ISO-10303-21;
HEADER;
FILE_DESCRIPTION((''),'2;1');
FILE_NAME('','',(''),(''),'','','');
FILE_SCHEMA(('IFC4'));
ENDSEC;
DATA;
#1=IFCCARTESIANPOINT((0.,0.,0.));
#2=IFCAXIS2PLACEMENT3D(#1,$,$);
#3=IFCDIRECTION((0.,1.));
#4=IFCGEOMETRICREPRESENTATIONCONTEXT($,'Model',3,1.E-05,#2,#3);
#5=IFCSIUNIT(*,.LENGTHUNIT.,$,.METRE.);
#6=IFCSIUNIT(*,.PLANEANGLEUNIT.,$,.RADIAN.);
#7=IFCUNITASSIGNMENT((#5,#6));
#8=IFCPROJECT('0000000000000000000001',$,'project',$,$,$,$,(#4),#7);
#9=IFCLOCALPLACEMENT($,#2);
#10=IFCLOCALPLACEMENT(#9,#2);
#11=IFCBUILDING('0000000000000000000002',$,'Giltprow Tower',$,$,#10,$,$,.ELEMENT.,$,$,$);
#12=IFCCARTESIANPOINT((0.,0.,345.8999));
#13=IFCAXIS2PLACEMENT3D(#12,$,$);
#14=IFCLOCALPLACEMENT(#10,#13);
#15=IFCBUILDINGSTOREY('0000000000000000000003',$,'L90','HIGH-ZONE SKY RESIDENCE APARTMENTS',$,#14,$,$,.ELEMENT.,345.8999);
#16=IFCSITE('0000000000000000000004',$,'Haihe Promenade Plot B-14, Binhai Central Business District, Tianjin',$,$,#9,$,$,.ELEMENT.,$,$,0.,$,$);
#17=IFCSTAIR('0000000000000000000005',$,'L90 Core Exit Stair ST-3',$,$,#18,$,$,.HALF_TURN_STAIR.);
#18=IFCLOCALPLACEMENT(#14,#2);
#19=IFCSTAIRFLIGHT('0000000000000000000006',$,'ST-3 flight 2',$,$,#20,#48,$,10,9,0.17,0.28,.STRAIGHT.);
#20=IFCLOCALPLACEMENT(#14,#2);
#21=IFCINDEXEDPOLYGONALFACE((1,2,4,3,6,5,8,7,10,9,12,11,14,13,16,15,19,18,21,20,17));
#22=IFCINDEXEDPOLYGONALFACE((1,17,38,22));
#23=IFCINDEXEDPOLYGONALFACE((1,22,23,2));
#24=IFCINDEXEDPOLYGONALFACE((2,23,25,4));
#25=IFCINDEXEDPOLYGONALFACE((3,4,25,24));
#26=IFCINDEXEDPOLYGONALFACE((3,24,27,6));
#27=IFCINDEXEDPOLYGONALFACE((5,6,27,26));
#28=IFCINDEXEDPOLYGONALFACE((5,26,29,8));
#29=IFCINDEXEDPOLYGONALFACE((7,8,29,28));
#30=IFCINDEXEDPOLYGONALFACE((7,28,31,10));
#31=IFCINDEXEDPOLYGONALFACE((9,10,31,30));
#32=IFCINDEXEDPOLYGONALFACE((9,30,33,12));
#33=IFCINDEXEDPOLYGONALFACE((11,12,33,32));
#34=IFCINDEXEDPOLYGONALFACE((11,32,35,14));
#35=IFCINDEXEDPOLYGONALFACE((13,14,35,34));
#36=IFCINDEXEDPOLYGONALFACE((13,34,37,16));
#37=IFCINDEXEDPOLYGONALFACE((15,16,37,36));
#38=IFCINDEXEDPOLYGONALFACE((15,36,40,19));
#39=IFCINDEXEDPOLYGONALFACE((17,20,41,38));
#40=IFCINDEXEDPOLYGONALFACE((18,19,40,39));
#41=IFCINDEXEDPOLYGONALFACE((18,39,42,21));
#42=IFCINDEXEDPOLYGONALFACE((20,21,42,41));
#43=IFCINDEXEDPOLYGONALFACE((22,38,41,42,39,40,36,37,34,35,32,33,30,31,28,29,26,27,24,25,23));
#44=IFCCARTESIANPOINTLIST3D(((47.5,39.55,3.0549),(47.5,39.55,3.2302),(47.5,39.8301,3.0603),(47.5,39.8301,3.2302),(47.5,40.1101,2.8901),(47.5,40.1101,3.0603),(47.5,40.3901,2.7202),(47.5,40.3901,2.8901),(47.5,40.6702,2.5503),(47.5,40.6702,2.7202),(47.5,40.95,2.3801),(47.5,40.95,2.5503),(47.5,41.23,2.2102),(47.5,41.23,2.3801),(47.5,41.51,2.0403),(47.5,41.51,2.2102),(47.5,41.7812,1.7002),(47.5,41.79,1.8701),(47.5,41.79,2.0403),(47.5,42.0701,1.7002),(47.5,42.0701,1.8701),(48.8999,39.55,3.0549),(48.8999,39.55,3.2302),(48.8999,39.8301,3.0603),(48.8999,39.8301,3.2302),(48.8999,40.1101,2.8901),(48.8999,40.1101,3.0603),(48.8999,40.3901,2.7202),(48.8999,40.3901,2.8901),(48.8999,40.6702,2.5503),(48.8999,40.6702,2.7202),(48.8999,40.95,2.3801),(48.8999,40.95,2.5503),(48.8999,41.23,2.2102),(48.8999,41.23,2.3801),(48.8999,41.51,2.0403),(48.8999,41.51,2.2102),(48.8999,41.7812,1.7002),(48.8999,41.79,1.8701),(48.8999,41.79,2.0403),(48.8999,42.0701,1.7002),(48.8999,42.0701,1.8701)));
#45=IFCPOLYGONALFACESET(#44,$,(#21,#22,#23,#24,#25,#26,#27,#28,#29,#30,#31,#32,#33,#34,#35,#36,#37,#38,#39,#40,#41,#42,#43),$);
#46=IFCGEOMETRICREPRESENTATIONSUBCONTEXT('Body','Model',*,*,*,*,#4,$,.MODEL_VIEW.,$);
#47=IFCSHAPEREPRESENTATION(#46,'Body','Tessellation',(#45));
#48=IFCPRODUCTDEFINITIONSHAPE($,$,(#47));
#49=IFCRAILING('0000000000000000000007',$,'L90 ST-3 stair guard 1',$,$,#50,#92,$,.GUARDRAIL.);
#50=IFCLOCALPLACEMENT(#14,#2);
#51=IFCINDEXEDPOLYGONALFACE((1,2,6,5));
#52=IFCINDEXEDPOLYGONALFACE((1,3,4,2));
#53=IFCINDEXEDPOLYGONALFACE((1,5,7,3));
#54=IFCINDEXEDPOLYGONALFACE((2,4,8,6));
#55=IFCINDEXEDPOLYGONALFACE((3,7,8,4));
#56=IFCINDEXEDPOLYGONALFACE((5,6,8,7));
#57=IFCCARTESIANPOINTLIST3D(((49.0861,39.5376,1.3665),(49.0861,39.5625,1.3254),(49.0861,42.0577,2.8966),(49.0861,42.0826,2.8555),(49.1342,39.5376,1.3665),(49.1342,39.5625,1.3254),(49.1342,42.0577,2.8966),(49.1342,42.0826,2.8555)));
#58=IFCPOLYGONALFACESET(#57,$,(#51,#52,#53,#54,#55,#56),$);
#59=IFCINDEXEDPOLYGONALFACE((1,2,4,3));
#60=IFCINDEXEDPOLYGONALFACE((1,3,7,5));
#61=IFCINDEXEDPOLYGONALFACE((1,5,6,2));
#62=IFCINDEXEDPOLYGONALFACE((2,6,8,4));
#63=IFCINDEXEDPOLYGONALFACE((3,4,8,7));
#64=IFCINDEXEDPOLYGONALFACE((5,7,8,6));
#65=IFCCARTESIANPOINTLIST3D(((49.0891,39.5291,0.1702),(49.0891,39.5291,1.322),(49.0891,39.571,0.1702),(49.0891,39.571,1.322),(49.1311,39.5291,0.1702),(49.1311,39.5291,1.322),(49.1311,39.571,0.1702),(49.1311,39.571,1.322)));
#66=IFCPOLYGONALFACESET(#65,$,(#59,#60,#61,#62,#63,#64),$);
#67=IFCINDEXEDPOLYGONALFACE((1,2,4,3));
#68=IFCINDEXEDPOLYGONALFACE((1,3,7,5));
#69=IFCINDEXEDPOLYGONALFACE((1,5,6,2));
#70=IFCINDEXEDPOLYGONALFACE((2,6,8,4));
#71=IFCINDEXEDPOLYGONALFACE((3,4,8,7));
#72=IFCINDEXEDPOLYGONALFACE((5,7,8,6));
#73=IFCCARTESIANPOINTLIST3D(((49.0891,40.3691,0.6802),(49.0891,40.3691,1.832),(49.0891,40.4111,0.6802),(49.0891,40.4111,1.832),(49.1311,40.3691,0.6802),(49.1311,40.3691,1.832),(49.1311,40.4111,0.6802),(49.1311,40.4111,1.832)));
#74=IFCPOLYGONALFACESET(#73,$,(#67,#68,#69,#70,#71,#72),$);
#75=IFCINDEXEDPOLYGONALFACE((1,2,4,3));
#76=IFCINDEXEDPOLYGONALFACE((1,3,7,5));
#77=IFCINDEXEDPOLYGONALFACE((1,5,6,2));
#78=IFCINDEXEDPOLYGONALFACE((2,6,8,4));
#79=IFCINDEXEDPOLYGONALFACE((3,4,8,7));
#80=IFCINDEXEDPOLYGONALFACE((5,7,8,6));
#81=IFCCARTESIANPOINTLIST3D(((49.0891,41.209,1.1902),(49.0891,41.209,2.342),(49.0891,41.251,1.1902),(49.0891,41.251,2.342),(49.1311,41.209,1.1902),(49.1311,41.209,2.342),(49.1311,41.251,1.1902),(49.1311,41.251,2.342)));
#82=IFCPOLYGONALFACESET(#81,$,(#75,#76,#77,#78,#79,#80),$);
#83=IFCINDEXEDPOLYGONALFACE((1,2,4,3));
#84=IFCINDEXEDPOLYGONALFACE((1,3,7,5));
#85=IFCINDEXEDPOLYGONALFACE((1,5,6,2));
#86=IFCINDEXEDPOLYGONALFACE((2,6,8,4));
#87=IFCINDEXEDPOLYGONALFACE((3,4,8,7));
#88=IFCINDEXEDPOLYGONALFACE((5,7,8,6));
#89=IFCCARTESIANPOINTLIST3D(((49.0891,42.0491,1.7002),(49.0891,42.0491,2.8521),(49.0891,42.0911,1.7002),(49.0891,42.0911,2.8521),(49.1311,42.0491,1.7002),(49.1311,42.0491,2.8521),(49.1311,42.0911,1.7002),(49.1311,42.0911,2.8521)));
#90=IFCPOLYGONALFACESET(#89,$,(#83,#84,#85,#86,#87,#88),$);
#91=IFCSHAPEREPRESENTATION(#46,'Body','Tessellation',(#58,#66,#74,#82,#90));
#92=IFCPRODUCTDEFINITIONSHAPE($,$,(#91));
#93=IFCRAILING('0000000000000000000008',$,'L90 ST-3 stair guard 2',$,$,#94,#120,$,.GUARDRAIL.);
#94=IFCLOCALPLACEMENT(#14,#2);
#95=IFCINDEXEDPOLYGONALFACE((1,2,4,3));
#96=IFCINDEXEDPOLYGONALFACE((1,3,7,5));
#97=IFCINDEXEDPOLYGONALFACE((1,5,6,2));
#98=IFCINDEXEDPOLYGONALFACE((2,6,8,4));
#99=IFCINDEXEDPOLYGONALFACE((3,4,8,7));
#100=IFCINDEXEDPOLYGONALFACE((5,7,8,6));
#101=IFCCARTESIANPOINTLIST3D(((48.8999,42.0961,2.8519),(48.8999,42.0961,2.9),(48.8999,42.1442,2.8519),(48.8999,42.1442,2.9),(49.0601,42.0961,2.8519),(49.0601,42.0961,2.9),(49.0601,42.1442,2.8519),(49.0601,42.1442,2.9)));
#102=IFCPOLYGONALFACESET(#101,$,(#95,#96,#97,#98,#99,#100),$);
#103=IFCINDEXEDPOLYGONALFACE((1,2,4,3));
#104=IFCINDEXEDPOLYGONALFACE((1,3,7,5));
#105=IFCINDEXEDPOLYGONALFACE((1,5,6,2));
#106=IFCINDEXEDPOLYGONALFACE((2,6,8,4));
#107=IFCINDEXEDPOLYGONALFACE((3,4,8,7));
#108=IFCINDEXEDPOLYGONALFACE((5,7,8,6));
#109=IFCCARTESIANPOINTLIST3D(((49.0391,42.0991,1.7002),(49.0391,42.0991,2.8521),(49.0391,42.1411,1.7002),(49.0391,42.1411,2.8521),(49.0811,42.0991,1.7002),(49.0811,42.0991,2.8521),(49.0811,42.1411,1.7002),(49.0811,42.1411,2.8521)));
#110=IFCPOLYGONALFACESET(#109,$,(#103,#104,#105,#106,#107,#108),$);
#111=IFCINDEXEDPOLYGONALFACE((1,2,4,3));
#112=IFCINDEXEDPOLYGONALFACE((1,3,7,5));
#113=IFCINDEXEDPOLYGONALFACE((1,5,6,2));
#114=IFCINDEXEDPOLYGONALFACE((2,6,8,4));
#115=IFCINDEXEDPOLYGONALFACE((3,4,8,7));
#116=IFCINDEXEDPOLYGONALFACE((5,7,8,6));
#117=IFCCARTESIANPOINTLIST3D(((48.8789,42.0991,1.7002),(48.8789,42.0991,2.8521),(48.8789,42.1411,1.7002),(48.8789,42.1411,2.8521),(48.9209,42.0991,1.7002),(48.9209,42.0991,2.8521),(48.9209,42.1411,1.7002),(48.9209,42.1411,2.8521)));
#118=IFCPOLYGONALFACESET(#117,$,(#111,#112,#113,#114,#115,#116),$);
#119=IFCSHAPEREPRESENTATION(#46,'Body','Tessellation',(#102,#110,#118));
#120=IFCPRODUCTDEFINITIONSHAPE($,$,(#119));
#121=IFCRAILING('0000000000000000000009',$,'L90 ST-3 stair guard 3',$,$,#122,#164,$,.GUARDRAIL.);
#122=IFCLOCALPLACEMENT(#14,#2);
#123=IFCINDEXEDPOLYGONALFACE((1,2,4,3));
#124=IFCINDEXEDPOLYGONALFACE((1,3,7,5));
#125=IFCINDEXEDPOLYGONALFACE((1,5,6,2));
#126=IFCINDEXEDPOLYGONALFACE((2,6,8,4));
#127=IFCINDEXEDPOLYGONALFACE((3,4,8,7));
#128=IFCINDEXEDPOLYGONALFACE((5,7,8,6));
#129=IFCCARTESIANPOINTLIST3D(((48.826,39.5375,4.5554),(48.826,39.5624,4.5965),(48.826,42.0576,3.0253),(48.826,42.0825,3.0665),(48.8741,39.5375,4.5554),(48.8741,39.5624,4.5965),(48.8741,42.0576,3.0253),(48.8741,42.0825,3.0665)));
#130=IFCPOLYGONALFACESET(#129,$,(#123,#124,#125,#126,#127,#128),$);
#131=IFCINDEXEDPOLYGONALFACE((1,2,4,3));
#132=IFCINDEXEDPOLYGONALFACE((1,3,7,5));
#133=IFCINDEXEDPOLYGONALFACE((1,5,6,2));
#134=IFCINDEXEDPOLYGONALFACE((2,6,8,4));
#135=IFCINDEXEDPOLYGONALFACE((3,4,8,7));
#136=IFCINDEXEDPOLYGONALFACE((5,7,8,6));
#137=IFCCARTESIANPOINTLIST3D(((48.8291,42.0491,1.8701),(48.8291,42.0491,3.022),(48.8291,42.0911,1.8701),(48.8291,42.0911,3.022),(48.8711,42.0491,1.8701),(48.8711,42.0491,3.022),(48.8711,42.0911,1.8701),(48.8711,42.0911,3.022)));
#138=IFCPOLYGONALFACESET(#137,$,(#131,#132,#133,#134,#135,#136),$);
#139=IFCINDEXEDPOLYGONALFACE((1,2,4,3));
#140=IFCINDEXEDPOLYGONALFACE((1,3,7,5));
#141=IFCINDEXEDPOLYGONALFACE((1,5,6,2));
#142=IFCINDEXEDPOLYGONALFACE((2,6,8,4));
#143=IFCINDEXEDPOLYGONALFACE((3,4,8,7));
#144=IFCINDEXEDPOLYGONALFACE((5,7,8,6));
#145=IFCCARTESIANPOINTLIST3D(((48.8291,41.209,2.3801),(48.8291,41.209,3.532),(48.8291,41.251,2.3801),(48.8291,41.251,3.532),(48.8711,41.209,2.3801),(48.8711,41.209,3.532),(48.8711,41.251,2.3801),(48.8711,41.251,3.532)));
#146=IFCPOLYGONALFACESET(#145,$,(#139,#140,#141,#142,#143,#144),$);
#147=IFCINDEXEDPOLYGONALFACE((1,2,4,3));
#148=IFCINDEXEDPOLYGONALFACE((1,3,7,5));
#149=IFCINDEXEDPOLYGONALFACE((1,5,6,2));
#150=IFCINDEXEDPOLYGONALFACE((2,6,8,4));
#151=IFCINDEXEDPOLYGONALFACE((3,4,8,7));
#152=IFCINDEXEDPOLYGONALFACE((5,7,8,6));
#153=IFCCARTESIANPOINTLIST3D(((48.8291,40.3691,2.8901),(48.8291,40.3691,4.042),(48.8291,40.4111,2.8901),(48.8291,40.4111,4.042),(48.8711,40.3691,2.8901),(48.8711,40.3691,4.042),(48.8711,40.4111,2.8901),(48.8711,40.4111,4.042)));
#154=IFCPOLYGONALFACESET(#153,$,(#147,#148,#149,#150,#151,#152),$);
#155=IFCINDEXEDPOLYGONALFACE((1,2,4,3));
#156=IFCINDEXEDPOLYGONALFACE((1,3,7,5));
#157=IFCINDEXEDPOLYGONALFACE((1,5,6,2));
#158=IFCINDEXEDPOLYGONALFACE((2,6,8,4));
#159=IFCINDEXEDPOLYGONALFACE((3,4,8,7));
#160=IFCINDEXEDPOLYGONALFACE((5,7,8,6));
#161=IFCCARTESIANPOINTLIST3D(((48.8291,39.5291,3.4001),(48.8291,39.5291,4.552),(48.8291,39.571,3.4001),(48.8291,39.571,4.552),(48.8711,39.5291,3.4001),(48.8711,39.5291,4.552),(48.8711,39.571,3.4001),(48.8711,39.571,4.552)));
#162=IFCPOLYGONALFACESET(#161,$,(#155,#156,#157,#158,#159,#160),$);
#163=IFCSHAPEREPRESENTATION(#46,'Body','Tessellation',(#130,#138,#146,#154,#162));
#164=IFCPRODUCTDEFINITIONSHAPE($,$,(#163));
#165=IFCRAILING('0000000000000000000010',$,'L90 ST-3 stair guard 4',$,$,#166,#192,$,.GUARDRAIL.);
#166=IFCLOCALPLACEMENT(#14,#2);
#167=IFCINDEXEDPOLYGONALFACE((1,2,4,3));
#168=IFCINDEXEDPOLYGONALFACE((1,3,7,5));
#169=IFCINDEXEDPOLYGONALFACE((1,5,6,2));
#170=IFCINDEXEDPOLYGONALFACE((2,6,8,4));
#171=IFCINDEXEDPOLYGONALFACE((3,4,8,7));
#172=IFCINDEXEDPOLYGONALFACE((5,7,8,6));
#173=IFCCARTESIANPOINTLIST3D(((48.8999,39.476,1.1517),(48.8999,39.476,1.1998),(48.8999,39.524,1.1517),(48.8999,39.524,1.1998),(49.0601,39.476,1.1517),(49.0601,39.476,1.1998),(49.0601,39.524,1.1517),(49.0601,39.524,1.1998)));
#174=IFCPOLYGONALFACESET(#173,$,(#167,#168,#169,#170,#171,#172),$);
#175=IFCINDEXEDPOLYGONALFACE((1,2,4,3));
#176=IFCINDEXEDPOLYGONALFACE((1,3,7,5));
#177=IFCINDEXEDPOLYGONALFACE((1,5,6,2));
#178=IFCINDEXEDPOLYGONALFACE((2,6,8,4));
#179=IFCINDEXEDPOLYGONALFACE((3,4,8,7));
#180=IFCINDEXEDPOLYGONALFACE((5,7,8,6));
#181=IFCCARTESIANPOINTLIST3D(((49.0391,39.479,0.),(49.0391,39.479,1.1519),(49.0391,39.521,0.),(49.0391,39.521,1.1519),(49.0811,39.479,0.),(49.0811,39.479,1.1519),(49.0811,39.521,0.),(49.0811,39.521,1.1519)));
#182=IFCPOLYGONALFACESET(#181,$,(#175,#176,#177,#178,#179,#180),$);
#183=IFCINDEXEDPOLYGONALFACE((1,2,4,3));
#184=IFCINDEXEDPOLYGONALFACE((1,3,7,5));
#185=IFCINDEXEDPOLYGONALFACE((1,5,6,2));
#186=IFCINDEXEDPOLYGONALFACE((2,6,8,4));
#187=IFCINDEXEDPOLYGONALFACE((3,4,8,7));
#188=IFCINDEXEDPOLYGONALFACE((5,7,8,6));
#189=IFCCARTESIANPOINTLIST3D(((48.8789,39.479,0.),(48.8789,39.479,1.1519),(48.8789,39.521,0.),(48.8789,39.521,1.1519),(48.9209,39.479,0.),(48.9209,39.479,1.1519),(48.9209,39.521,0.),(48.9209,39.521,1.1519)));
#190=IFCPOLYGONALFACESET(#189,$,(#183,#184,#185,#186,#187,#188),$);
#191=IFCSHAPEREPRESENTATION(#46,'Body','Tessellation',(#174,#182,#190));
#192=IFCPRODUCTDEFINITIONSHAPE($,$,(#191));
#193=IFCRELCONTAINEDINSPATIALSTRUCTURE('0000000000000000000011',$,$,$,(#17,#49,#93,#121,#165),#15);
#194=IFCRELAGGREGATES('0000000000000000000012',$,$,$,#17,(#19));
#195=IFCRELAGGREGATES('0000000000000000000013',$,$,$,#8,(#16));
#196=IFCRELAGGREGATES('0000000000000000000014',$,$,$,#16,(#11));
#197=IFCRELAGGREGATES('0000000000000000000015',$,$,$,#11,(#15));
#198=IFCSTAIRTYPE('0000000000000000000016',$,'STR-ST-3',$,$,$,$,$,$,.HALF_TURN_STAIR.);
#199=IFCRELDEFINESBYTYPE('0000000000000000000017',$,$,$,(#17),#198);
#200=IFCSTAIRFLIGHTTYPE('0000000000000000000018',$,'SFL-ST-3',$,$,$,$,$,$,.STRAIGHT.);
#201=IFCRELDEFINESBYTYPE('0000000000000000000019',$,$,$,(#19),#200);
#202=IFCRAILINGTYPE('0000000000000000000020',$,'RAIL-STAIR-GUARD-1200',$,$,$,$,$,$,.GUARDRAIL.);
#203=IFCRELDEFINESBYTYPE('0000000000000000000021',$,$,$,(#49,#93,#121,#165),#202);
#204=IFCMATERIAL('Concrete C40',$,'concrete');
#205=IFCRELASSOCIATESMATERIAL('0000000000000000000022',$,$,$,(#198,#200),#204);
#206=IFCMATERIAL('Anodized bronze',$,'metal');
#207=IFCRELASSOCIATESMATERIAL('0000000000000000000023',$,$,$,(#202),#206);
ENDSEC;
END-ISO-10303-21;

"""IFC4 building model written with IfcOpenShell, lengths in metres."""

from ifc_helpers import new_model, si_unit, direction, frame, origin, origin_2d, place, context, subcontext, project, spatial, polyline, rectangle, outline, extrude, material, type_object, element, aggregate, save


model = new_model("IFC4")

# Units and contexts
model_context = context("Model", 3, precision=1e-05, world=origin(), true_north=direction((0.0, 1.0)))
body_context = subcontext(model_context, "Body", "Model", "MODEL_VIEW")
ifc_project = project(units=[si_unit("LENGTHUNIT", "METRE"), si_unit("PLANEANGLEUNIT", "RADIAN")], contexts=[model_context])

# Site, building, storey
site_placement = place(None, origin())
site = spatial("IfcSite", under=ifc_project, at=site_placement, Name="Haihe Promenade Plot B-14, Binhai Central Business District, Tianjin", CompositionType="ELEMENT", RefElevation=0.0)
building_placement = place(site_placement, origin())
building = spatial("IfcBuilding", under=site, at=building_placement, Name="Giltprow Tower", CompositionType="ELEMENT")
storey_placement = place(building_placement, frame((0.0, 0.0, 345.8999)))
storey = spatial("IfcBuildingStorey", under=building, at=storey_placement, Name="L90", Description="HIGH-ZONE SKY RESIDENCE APARTMENTS", CompositionType="ELEMENT", Elevation=345.8999)

# Shared definitions
ifc_material_1 = material(Name="Concrete C40", Category="concrete")

# Stair, stair flight
stair_type = type_object("IfcStairType", Name="STR-ST-3", PredefinedType="HALF_TURN_STAIR", material=ifc_material_1)
stair_placement = place(storey_placement, origin())
stair = element("IfcStair", 1, at=stair_placement, inside=storey, type_object=stair_type, Name="L90 Core Exit Stair ST-3", PredefinedType="HALF_TURN_STAIR")
stair_flight_type = type_object("IfcStairFlightType", Name="SFL-ST-3", PredefinedType="STRAIGHT", material=ifc_material_1)
stair_flight_placement = place(storey_placement, frame((48.2, 42.0701, 1.7002), z_axis=(0.0, 0.0, 1.0), x_axis=(0.0, -1.0, 0.0)))
stair_flight = element("IfcStairFlight", 2, at=stair_flight_placement, type_object=stair_flight_type, Name="ST-3 flight 2", NumberOfRisers=10, NumberOfTreads=9, PredefinedType="STRAIGHT", RiserHeight=0.17, TreadLength=0.28, context=body_context, shape_type="SweptSolid", body=[
    extrude(outline(polyline([(0.0, 0.0), (0.0, 0.1699), (0.28, 0.1699), (0.28, 0.3401), (0.5601, 0.3401), (0.5601, 0.51), (0.8401, 0.51), (0.8401, 0.6799), (1.1201, 0.6799), (1.1201, 0.8501), (1.3999, 0.8501), (1.3999, 1.02), (1.6799, 1.02), (1.6799, 1.1899), (1.96, 1.1899), (1.96, 1.3601), (2.24, 1.3601), (2.24, 1.53), (2.52, 1.53), (2.52, 1.7), (2.52, 1.3547), (0.2888, 0.0), (0.0, 0.0)])), frame((0.0, 0.7, 0.0), z_axis=(0.0, -1.0, 0.0), x_axis=(1.0, 0.0, 0.0)), (0.0, 0.0, 1.0), 1.3999),
])
aggregate(stair, [stair_flight])

# Railings
ifc_material_2 = material(Name="Anodized bronze", Category="metal")
railing_type_1 = type_object("IfcRailingType", Name="RAIL-STAIR-GUARD-1200", PredefinedType="GUARDRAIL", material=ifc_material_2)
railing_1_placement = place(storey_placement, frame((49.1101, 39.55, 0.1702)))
element("IfcRailing", 3, at=railing_1_placement, inside=storey, type_object=railing_type_1, Name="L90 ST-3 stair guard 1", PredefinedType="GUARDRAIL", context=body_context, shape_type="SweptSolid", body=[
    extrude(rectangle(XDim=0.0481, YDim=0.0481, at=origin_2d()), frame((0.0, 0.0, 1.1758), z_axis=(0.0, 0.854785, 0.518982), x_axis=(-1.0, 0.0, 0.0)), (0.0, 0.0, 1.0), 2.9482),
    extrude(rectangle(XDim=0.042, YDim=0.042, at=origin_2d()), origin(), (0.0, 0.0, 1.0), 1.1519),
    extrude(rectangle(XDim=0.042, YDim=0.042, at=origin_2d()), frame((0.0, 0.8401, 0.51)), (0.0, 0.0, 1.0), 1.1519),
    extrude(rectangle(XDim=0.042, YDim=0.042, at=origin_2d()), frame((0.0, 1.6799, 1.02)), (0.0, 0.0, 1.0), 1.1519),
    extrude(rectangle(XDim=0.042, YDim=0.042, at=origin_2d()), frame((0.0, 2.52, 1.53)), (0.0, 0.0, 1.0), 1.1519),
])
railing_2_placement = place(storey_placement, frame((49.0601, 42.1201, 1.7002)))
element("IfcRailing", 4, at=railing_2_placement, inside=storey, type_object=railing_type_1, Name="L90 ST-3 stair guard 2", PredefinedType="GUARDRAIL", context=body_context, shape_type="SweptSolid", body=[
    extrude(rectangle(XDim=0.0481, YDim=0.0481, at=origin_2d()), frame((0.0, 0.0, 1.1758), z_axis=(-1.0, 0.0, 0.0), x_axis=(0.0, -1.0, 0.0)), (0.0, 0.0, 1.0), 0.1602),
    extrude(rectangle(XDim=0.042, YDim=0.042, at=origin_2d()), origin(), (0.0, 0.0, 1.0), 1.1519),
    extrude(rectangle(XDim=0.042, YDim=0.042, at=origin_2d()), frame((-0.1602, 0.0, 0.0)), (0.0, 0.0, 1.0), 1.1519),
])
railing_3_placement = place(storey_placement, frame((48.8501, 42.0701, 1.8701)))
element("IfcRailing", 5, at=railing_3_placement, inside=storey, type_object=railing_type_1, Name="L90 ST-3 stair guard 3", PredefinedType="GUARDRAIL", context=body_context, shape_type="SweptSolid", body=[
    extrude(rectangle(XDim=0.0481, YDim=0.0481, at=origin_2d()), frame((0.0, 0.0, 1.1758), z_axis=(0.0, -0.854785, 0.518982), x_axis=(1.0, 0.0, 0.0)), (0.0, 0.0, 1.0), 2.9482),
    extrude(rectangle(XDim=0.042, YDim=0.042, at=origin_2d()), origin(), (0.0, 0.0, 1.0), 1.1519),
    extrude(rectangle(XDim=0.042, YDim=0.042, at=origin_2d()), frame((0.0, -0.8401, 0.51)), (0.0, 0.0, 1.0), 1.1519),
    extrude(rectangle(XDim=0.042, YDim=0.042, at=origin_2d()), frame((0.0, -1.6799, 1.02)), (0.0, 0.0, 1.0), 1.1519),
    extrude(rectangle(XDim=0.042, YDim=0.042, at=origin_2d()), frame((0.0, -2.52, 1.53)), (0.0, 0.0, 1.0), 1.1519),
])
railing_4_placement = place(storey_placement, frame((49.0601, 39.5, 0.0)))
element("IfcRailing", 6, at=railing_4_placement, inside=storey, type_object=railing_type_1, Name="L90 ST-3 stair guard 4", PredefinedType="GUARDRAIL", context=body_context, shape_type="SweptSolid", body=[
    extrude(rectangle(XDim=0.0481, YDim=0.0481, at=origin_2d()), frame((0.0, 0.0, 1.1758), z_axis=(-1.0, 0.0, 0.0), x_axis=(0.0, -1.0, 0.0)), (0.0, 0.0, 1.0), 0.1602),
    extrude(rectangle(XDim=0.042, YDim=0.042, at=origin_2d()), origin(), (0.0, 0.0, 1.0), 1.1519),
    extrude(rectangle(XDim=0.042, YDim=0.042, at=origin_2d()), frame((-0.1602, 0.0, 0.0)), (0.0, 0.0, 1.0), 1.1519),
])

save(model, "model.ifc")
